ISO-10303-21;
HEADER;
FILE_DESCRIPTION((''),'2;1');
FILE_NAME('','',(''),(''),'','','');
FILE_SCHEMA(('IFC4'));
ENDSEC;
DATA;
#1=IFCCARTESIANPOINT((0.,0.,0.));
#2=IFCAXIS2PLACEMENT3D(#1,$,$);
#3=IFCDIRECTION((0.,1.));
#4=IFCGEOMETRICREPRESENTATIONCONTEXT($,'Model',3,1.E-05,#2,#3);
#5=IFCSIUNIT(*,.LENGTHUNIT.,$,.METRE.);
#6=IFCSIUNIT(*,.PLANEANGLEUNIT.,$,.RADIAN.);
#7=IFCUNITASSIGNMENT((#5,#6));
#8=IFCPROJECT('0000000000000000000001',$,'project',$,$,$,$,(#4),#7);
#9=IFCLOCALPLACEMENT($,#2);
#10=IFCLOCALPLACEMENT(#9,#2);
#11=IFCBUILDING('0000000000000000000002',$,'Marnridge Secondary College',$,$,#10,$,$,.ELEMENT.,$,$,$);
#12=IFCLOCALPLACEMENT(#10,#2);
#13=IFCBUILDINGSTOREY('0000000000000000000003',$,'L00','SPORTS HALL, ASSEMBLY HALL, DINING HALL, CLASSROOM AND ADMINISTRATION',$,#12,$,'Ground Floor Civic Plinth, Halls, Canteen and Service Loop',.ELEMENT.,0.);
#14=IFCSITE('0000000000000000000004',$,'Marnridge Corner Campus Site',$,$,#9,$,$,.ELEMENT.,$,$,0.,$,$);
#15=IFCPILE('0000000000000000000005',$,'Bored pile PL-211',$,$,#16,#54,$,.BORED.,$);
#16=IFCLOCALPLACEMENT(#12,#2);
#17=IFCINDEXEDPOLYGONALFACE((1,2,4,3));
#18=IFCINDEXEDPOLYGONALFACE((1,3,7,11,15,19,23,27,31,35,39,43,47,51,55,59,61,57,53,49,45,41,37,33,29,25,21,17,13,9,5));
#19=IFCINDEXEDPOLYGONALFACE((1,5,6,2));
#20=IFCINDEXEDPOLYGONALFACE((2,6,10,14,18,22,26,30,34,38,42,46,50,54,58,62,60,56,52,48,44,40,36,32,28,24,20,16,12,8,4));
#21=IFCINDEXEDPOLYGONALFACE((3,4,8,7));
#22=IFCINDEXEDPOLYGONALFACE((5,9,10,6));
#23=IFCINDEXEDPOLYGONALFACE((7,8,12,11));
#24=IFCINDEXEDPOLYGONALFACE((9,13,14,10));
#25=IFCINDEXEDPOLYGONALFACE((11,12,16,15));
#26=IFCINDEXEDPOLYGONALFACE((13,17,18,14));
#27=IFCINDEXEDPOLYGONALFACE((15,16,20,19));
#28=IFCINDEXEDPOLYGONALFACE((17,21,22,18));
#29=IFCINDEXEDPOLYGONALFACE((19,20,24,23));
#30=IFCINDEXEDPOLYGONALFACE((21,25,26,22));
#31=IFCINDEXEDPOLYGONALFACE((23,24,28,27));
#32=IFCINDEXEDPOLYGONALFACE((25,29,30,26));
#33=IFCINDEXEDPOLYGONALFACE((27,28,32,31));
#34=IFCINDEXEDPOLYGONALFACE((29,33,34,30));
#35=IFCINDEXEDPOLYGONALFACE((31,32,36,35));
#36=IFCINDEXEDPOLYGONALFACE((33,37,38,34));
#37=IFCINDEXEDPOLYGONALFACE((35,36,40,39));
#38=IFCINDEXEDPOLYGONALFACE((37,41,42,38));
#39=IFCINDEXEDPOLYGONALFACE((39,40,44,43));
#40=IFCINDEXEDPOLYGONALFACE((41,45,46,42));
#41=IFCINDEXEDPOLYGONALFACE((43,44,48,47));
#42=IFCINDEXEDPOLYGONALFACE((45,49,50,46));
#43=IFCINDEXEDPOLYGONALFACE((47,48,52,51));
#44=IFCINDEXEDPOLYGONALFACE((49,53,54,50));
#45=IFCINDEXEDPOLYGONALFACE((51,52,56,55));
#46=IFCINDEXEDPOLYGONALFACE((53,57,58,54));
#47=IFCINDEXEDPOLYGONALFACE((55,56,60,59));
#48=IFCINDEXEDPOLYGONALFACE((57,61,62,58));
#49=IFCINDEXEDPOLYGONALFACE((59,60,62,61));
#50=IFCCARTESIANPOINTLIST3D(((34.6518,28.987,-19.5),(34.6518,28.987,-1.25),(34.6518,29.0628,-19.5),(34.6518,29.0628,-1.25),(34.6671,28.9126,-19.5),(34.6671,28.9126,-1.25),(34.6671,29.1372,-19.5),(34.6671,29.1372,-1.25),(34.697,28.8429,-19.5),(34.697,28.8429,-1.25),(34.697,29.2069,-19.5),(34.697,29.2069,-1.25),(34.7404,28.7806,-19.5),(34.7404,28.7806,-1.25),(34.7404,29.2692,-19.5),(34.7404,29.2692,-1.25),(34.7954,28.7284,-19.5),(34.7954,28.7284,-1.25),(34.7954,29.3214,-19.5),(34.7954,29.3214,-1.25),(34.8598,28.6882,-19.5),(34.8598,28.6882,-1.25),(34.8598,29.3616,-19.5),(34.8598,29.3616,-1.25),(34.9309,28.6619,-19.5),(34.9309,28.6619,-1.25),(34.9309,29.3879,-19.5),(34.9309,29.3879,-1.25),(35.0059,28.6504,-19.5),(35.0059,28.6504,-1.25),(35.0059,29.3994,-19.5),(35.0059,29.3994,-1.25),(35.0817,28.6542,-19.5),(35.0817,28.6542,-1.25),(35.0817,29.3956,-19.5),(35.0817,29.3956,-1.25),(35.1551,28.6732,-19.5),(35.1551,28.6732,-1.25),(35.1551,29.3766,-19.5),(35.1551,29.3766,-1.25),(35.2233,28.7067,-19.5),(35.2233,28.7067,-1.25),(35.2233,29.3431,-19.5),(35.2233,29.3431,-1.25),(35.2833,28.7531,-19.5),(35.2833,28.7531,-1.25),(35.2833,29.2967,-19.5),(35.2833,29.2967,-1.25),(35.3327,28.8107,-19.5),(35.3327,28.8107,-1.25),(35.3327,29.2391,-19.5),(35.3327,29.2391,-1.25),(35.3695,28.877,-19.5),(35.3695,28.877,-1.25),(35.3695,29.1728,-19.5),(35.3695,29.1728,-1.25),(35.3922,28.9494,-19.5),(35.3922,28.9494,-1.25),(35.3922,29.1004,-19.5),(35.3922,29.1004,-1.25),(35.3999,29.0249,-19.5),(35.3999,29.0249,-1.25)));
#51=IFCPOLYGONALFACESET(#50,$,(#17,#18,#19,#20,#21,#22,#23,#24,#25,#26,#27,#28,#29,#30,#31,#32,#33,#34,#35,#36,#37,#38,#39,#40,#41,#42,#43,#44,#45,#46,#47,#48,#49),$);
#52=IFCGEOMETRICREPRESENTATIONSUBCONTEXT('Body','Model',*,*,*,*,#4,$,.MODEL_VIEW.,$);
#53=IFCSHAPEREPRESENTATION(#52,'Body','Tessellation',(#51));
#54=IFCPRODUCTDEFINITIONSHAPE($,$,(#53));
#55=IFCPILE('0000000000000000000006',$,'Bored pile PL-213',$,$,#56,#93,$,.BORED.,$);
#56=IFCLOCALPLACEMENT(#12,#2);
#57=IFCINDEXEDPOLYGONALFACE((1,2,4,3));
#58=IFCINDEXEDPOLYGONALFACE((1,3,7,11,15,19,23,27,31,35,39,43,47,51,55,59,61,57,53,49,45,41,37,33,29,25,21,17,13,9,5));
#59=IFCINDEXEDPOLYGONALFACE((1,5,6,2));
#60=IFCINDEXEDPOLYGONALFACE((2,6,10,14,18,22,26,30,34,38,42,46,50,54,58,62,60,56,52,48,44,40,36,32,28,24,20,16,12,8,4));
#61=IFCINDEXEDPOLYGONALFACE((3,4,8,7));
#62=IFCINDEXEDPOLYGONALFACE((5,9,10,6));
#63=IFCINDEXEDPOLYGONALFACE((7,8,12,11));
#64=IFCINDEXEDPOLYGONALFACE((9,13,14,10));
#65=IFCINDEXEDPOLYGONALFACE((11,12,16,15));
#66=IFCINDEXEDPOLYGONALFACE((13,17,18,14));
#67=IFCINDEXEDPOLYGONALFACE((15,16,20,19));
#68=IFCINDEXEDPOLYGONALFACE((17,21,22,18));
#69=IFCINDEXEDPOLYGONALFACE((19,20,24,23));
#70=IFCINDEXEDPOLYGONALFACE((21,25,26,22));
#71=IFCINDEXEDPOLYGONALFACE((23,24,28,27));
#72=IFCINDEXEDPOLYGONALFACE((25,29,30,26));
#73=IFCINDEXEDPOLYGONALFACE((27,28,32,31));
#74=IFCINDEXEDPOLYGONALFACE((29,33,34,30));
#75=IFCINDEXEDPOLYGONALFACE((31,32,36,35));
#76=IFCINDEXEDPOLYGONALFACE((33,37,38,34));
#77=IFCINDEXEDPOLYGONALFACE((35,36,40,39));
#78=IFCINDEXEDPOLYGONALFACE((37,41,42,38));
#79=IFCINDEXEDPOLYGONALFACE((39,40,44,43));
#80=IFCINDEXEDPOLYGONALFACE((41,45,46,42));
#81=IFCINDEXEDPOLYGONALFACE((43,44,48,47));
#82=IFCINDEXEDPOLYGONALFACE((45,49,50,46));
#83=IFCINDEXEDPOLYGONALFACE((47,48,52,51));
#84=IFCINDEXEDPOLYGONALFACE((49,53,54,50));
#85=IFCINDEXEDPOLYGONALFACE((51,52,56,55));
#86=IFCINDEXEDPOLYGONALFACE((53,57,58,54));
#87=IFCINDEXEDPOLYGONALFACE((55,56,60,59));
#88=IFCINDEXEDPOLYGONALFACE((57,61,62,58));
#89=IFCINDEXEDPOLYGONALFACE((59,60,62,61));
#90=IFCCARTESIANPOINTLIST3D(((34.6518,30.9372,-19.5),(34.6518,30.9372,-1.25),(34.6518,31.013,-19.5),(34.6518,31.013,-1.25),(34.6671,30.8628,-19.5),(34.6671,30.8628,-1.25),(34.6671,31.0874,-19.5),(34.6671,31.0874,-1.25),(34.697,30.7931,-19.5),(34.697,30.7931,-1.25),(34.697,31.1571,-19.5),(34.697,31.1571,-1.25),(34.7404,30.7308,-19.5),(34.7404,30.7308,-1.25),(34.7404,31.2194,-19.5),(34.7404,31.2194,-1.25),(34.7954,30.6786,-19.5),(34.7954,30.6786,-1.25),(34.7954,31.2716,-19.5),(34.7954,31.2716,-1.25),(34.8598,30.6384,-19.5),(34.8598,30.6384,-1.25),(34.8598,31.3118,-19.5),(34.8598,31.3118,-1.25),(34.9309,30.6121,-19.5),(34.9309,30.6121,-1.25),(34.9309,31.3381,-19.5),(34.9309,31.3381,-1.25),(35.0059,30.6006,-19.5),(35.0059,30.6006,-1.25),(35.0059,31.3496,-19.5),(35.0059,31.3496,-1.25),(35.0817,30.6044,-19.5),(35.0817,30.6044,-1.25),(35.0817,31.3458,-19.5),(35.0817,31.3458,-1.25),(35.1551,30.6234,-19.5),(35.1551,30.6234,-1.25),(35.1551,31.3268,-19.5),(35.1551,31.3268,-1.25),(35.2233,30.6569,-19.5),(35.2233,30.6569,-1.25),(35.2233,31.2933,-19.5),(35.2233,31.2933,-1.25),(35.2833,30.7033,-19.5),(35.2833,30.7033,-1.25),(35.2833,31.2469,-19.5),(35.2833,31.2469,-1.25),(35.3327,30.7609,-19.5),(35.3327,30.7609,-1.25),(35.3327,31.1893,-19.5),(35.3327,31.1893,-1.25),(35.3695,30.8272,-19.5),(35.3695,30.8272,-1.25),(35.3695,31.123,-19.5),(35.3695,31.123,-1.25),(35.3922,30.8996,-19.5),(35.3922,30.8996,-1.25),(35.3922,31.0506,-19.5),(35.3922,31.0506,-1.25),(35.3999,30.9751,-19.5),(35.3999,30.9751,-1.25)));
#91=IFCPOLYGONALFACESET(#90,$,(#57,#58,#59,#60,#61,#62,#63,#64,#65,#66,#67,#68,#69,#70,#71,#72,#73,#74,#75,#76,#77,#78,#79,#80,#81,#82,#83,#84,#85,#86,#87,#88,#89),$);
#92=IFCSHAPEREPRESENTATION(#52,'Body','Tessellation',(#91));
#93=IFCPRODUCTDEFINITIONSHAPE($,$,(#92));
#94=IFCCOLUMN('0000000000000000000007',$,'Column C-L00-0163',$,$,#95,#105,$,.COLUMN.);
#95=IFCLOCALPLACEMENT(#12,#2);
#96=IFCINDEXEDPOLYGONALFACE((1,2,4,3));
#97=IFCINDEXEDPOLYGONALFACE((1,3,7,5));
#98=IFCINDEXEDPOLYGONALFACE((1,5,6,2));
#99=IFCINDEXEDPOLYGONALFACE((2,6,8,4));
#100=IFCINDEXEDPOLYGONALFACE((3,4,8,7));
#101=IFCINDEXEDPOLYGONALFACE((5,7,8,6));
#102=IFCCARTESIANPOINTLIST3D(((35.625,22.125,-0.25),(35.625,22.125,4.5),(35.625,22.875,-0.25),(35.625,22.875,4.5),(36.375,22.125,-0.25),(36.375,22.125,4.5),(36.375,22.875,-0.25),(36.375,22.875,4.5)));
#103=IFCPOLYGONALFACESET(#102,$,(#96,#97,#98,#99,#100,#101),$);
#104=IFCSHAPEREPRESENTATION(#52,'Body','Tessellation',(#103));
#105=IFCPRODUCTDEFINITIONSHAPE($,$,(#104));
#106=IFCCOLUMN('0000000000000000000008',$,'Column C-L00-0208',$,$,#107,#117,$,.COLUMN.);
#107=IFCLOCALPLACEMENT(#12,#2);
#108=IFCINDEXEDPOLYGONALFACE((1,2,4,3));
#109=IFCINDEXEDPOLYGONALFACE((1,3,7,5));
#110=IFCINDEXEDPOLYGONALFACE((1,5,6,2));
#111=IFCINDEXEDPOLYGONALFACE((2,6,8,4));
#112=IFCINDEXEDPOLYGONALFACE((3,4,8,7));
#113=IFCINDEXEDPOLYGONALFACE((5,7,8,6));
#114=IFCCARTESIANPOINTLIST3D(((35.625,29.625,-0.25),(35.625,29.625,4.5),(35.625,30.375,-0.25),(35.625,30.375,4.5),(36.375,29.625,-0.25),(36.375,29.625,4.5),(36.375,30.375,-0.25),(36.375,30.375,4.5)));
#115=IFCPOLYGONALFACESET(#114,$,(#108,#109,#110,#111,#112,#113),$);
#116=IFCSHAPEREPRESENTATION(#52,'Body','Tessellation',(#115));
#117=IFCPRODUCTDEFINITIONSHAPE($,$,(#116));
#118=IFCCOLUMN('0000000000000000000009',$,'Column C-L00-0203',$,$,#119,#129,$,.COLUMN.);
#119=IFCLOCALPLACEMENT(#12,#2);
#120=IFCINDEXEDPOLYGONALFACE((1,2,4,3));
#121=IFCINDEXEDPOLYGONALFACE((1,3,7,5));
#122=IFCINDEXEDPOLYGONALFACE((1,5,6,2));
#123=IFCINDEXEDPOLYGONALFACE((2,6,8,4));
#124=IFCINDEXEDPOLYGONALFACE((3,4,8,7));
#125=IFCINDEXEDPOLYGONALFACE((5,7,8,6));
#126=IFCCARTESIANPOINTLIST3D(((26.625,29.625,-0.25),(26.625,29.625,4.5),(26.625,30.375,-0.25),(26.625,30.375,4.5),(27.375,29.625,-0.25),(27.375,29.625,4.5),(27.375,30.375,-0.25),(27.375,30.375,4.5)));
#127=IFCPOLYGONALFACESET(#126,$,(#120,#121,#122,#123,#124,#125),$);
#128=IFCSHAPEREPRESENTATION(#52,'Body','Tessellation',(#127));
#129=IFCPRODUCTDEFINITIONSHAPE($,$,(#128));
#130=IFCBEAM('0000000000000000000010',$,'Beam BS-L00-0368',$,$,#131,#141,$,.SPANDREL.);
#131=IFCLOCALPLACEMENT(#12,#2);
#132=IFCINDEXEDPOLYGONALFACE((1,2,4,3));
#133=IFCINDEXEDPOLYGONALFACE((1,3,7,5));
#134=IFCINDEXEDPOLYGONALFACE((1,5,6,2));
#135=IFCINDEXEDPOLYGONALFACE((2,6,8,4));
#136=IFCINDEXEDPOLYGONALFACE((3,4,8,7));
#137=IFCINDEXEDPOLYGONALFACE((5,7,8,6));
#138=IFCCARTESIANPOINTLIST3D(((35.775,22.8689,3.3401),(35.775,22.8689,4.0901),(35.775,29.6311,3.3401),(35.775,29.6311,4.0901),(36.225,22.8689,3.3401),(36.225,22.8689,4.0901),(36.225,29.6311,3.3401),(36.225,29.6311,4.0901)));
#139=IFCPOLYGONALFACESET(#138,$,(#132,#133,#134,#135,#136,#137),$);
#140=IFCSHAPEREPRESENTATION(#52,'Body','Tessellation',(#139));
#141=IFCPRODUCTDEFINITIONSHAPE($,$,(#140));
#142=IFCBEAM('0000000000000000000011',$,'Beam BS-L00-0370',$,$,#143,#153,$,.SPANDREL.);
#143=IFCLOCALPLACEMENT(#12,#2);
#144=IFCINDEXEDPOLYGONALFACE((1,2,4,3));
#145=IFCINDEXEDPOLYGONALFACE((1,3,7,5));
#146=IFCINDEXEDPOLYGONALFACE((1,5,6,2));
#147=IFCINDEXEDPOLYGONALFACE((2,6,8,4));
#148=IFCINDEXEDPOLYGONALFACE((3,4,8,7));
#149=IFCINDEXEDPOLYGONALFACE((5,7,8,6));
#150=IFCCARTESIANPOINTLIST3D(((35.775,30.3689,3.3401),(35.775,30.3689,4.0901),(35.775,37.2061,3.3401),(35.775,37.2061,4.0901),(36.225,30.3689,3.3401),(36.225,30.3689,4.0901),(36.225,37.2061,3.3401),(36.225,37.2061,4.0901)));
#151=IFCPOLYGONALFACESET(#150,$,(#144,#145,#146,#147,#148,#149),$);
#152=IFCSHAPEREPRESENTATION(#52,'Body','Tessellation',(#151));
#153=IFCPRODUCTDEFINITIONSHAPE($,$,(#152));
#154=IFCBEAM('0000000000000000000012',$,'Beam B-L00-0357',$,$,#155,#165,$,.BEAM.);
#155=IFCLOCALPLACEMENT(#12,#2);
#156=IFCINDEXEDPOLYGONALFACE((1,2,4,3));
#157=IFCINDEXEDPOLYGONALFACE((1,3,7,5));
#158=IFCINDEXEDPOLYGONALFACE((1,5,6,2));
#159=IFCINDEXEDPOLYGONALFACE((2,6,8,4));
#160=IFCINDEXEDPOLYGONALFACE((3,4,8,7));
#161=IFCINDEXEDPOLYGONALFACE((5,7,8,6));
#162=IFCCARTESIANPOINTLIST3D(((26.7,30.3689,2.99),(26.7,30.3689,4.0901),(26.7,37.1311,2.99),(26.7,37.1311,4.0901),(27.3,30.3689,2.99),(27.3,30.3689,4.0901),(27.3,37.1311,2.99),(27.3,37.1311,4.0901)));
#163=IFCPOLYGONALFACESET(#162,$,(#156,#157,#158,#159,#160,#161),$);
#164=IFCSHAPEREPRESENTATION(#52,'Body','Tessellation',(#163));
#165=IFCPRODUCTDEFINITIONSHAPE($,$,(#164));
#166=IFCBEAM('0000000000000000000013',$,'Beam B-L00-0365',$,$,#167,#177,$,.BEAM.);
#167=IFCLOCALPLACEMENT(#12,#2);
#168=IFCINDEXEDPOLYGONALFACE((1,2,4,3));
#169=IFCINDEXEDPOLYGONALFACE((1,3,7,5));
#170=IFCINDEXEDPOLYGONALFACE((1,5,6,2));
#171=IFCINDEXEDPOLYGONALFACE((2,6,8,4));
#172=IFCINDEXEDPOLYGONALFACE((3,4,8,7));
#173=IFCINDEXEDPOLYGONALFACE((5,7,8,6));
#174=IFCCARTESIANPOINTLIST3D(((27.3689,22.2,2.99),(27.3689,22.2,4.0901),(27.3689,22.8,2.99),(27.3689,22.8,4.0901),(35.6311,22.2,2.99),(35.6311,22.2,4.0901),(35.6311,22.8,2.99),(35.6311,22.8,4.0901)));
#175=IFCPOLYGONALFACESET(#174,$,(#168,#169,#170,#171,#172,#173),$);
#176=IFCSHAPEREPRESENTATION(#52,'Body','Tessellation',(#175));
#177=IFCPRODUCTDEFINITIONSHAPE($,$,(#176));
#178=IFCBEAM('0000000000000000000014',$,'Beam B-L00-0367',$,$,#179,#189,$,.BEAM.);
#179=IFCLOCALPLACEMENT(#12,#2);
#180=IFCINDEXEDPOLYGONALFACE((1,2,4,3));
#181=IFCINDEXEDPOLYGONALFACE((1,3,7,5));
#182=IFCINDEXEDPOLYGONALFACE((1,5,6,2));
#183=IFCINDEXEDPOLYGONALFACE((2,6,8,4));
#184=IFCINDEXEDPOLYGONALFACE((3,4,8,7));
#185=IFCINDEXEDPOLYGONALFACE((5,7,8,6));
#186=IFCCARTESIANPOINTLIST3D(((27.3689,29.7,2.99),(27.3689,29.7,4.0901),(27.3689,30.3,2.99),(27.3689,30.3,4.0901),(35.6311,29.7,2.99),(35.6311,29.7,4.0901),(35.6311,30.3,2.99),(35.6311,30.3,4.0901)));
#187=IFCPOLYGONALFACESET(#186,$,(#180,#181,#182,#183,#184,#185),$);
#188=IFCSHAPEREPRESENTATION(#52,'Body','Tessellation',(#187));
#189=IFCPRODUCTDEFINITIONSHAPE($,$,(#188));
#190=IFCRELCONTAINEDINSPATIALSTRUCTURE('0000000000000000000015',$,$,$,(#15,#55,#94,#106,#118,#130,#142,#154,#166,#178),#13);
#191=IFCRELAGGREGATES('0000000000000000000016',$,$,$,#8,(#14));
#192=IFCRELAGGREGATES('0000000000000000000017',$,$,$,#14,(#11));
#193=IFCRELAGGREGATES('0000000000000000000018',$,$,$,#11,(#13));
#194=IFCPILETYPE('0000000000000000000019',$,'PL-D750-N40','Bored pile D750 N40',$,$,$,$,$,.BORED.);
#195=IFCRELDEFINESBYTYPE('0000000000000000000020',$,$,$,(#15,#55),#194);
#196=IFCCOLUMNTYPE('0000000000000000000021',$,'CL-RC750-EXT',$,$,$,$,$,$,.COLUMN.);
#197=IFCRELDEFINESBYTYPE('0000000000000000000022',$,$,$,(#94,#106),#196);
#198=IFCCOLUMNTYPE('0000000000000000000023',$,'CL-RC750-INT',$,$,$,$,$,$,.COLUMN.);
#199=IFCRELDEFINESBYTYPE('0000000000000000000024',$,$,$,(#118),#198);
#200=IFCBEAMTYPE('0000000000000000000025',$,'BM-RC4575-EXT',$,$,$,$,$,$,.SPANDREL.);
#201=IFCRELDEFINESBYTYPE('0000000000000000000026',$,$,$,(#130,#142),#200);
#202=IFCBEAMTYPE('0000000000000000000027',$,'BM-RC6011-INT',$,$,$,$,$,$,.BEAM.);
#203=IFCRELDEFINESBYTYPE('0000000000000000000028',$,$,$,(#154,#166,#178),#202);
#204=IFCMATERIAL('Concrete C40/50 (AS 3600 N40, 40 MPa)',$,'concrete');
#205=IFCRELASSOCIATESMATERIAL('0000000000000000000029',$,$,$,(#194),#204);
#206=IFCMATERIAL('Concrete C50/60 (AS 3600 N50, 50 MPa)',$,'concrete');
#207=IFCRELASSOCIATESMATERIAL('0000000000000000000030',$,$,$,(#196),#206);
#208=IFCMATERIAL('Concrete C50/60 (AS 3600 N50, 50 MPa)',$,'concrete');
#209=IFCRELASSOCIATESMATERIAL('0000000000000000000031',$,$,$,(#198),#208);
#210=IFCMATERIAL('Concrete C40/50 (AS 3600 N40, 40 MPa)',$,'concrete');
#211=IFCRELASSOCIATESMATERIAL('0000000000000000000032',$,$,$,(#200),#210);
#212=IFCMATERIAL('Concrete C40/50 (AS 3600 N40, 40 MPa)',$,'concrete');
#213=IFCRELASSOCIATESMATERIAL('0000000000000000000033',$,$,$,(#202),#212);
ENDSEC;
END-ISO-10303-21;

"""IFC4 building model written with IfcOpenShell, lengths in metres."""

from ifc_helpers import new_model, si_unit, direction, frame, origin, origin_2d, place, context, subcontext, project, spatial, rectangle, circle, extrude, material, material_profile, profile_set, type_object, element, save


model = new_model("IFC4")

# Units and contexts
model_context = context("Model", 3, precision=1e-05, world=origin(), true_north=direction((0.0, 1.0)))
body_context = subcontext(model_context, "Body", "Model", "MODEL_VIEW")
ifc_project = project(units=[si_unit("LENGTHUNIT", "METRE"), si_unit("PLANEANGLEUNIT", "RADIAN")], contexts=[model_context])

# Site, building, storey
site_placement = place(None, origin())
site = spatial("IfcSite", under=ifc_project, at=site_placement, Name="Marnridge Corner Campus Site", CompositionType="ELEMENT", RefElevation=0.0)
building_placement = place(site_placement, origin())
building = spatial("IfcBuilding", under=site, at=building_placement, Name="Marnridge Secondary College", CompositionType="ELEMENT")
storey_placement = place(building_placement, origin())
storey = spatial("IfcBuildingStorey", under=building, at=storey_placement, Name="L00", Description="SPORTS HALL, ASSEMBLY HALL, DINING HALL, CLASSROOM AND ADMINISTRATION", LongName="Ground Floor Civic Plinth, Halls, Canteen and Service Loop", CompositionType="ELEMENT", Elevation=0.0)

# Piles
ifc_material_1 = material(Name="Concrete C40/50 (AS 3600 N40, 40 MPa)", Category="concrete")
ifc_material_profile_1 = material_profile(ifc_material_1, circle(Radius=0.375, at=origin_2d()), Name="PILE D750")
ifc_profile_set_1 = profile_set([ifc_material_profile_1], Name="Concrete C40/50 (AS 3600 N40, 40 MPa)")
pile_type = type_object("IfcPileType", Name="PL-D750-N40", Description="Bored pile D750 N40", PredefinedType="BORED", material=ifc_profile_set_1)
for number, where, z_axis, x_axis, name in (
    (1, (35.0249, 29.0249, -1.25), (0.0, 0.0, -1.0), (1.0, 0.0, 0.0), "Bored pile PL-211"),
    (2, (35.0249, 30.9751, -1.25), (0.0, 0.0, -1.0), (1.0, 0.0, 0.0), "Bored pile PL-213"),
):
    element("IfcPile", number, at=place(storey_placement, frame(where, z_axis=z_axis, x_axis=x_axis)), inside=storey, type_object=pile_type, Name=name, PredefinedType="BORED", context=body_context, shape_type="SweptSolid", body=[
        extrude(circle(Radius=0.375, at=origin_2d()), origin(), (0.0, 0.0, 1.0), 18.25),
    ])

# Columns
ifc_material_2 = material(Name="Concrete C50/60 (AS 3600 N50, 50 MPa)", Category="concrete")
ifc_material_profile_2 = material_profile(ifc_material_2, rectangle(XDim=0.75, YDim=0.75, at=origin_2d()), Name="RC 750x750")
ifc_profile_set_2 = profile_set([ifc_material_profile_2], Name="Concrete C50/60 (AS 3600 N50, 50 MPa)")
column_type_1 = type_object("IfcColumnType", Name="CL-RC750-EXT", PredefinedType="COLUMN", material=ifc_profile_set_2)
for number, where, z_axis, x_axis, name in (
    (3, (36.0, 22.5, -0.25), (0.0, 0.0, 1.0), (1.0, 0.0, 0.0), "Column C-L00-0163"),
    (4, (36.0, 30.0, -0.25), (0.0, 0.0, 1.0), (1.0, 0.0, 0.0), "Column C-L00-0208"),
):
    element("IfcColumn", number, at=place(storey_placement, frame(where, z_axis=z_axis, x_axis=x_axis)), inside=storey, type_object=column_type_1, Name=name, PredefinedType="COLUMN", context=body_context, shape_type="SweptSolid", body=[
        extrude(rectangle(XDim=0.75, YDim=0.75, at=origin_2d()), origin(), (0.0, 0.0, 1.0), 4.75),
    ])
ifc_material_3 = material(Name="Concrete C50/60 (AS 3600 N50, 50 MPa)", Category="concrete")
ifc_material_profile_3 = material_profile(ifc_material_3, rectangle(XDim=0.75, YDim=0.75, at=origin_2d()), Name="RC 750x750")
ifc_profile_set_3 = profile_set([ifc_material_profile_3], Name="Concrete C50/60 (AS 3600 N50, 50 MPa)")
column_type_2 = type_object("IfcColumnType", Name="CL-RC750-INT", PredefinedType="COLUMN", material=ifc_profile_set_3)
column_placement = place(storey_placement, frame((27.0, 30.0, -0.25), z_axis=(0.0, 0.0, 1.0), x_axis=(1.0, 0.0, 0.0)))
element("IfcColumn", 5, at=column_placement, inside=storey, type_object=column_type_2, Name="Column C-L00-0203", PredefinedType="COLUMN", context=body_context, shape_type="SweptSolid", body=[
    extrude(rectangle(XDim=0.75, YDim=0.75, at=origin_2d()), origin(), (0.0, 0.0, 1.0), 4.75),
])

# Beams
ifc_material_4 = material(Name="Concrete C40/50 (AS 3600 N40, 40 MPa)", Category="concrete")
ifc_material_profile_4 = material_profile(ifc_material_4, rectangle(XDim=0.45, YDim=0.75, at=origin_2d()), Name="RC 450x750")
ifc_profile_set_4 = profile_set([ifc_material_profile_4], Name="Concrete C40/50 (AS 3600 N40, 40 MPa)")
beam_type_1 = type_object("IfcBeamType", Name="BM-RC4575-EXT", PredefinedType="SPANDREL", material=ifc_profile_set_4)
beam_1_placement = place(storey_placement, frame((36.0, 22.8689, 3.7151), z_axis=(0.0, 1.0, 0.0), x_axis=(-1.0, 0.0, 0.0)))
element("IfcBeam", 6, at=beam_1_placement, inside=storey, type_object=beam_type_1, Name="Beam BS-L00-0368", PredefinedType="SPANDREL", context=body_context, shape_type="SweptSolid", body=[
    extrude(rectangle(XDim=0.45, YDim=0.75, at=origin_2d()), origin(), (0.0, 0.0, 1.0), 6.7622),
])
beam_2_placement = place(storey_placement, frame((36.0, 30.3689, 3.7151), z_axis=(0.0, 1.0, 0.0), x_axis=(-1.0, 0.0, 0.0)))
element("IfcBeam", 7, at=beam_2_placement, inside=storey, type_object=beam_type_1, Name="Beam BS-L00-0370", PredefinedType="SPANDREL", context=body_context, shape_type="SweptSolid", body=[
    extrude(rectangle(XDim=0.45, YDim=0.75, at=origin_2d()), origin(), (0.0, 0.0, 1.0), 6.8372),
])
ifc_material_5 = material(Name="Concrete C40/50 (AS 3600 N40, 40 MPa)", Category="concrete")
ifc_material_profile_5 = material_profile(ifc_material_5, rectangle(XDim=0.6001, YDim=1.1001, at=origin_2d()), Name="RC 600x1100")
ifc_profile_set_5 = profile_set([ifc_material_profile_5], Name="Concrete C40/50 (AS 3600 N40, 40 MPa)")
beam_type_2 = type_object("IfcBeamType", Name="BM-RC6011-INT", PredefinedType="BEAM", material=ifc_profile_set_5)
beam_3_placement = place(storey_placement, frame((27.0, 30.3689, 3.54), z_axis=(0.0, 1.0, 0.0), x_axis=(-1.0, 0.0, 0.0)))
element("IfcBeam", 8, at=beam_3_placement, inside=storey, type_object=beam_type_2, Name="Beam B-L00-0357", PredefinedType="BEAM", context=body_context, shape_type="SweptSolid", body=[
    extrude(rectangle(XDim=0.6001, YDim=1.1001, at=origin_2d()), origin(), (0.0, 0.0, 1.0), 6.7622),
])
for number, where, z_axis, x_axis, name in (
    (9, (27.3689, 22.5, 3.54), (1.0, 0.0, 0.0), (0.0, 1.0, 0.0), "Beam B-L00-0365"),
    (10, (27.3689, 30.0, 3.54), (1.0, 0.0, 0.0), (0.0, 1.0, 0.0), "Beam B-L00-0367"),
):
    element("IfcBeam", number, at=place(storey_placement, frame(where, z_axis=z_axis, x_axis=x_axis)), inside=storey, type_object=beam_type_2, Name=name, PredefinedType="BEAM", context=body_context, shape_type="SweptSolid", body=[
        extrude(rectangle(XDim=0.6001, YDim=1.1001, at=origin_2d()), origin(), (0.0, 0.0, 1.0), 8.2622),
    ])

save(model, "model.ifc")
